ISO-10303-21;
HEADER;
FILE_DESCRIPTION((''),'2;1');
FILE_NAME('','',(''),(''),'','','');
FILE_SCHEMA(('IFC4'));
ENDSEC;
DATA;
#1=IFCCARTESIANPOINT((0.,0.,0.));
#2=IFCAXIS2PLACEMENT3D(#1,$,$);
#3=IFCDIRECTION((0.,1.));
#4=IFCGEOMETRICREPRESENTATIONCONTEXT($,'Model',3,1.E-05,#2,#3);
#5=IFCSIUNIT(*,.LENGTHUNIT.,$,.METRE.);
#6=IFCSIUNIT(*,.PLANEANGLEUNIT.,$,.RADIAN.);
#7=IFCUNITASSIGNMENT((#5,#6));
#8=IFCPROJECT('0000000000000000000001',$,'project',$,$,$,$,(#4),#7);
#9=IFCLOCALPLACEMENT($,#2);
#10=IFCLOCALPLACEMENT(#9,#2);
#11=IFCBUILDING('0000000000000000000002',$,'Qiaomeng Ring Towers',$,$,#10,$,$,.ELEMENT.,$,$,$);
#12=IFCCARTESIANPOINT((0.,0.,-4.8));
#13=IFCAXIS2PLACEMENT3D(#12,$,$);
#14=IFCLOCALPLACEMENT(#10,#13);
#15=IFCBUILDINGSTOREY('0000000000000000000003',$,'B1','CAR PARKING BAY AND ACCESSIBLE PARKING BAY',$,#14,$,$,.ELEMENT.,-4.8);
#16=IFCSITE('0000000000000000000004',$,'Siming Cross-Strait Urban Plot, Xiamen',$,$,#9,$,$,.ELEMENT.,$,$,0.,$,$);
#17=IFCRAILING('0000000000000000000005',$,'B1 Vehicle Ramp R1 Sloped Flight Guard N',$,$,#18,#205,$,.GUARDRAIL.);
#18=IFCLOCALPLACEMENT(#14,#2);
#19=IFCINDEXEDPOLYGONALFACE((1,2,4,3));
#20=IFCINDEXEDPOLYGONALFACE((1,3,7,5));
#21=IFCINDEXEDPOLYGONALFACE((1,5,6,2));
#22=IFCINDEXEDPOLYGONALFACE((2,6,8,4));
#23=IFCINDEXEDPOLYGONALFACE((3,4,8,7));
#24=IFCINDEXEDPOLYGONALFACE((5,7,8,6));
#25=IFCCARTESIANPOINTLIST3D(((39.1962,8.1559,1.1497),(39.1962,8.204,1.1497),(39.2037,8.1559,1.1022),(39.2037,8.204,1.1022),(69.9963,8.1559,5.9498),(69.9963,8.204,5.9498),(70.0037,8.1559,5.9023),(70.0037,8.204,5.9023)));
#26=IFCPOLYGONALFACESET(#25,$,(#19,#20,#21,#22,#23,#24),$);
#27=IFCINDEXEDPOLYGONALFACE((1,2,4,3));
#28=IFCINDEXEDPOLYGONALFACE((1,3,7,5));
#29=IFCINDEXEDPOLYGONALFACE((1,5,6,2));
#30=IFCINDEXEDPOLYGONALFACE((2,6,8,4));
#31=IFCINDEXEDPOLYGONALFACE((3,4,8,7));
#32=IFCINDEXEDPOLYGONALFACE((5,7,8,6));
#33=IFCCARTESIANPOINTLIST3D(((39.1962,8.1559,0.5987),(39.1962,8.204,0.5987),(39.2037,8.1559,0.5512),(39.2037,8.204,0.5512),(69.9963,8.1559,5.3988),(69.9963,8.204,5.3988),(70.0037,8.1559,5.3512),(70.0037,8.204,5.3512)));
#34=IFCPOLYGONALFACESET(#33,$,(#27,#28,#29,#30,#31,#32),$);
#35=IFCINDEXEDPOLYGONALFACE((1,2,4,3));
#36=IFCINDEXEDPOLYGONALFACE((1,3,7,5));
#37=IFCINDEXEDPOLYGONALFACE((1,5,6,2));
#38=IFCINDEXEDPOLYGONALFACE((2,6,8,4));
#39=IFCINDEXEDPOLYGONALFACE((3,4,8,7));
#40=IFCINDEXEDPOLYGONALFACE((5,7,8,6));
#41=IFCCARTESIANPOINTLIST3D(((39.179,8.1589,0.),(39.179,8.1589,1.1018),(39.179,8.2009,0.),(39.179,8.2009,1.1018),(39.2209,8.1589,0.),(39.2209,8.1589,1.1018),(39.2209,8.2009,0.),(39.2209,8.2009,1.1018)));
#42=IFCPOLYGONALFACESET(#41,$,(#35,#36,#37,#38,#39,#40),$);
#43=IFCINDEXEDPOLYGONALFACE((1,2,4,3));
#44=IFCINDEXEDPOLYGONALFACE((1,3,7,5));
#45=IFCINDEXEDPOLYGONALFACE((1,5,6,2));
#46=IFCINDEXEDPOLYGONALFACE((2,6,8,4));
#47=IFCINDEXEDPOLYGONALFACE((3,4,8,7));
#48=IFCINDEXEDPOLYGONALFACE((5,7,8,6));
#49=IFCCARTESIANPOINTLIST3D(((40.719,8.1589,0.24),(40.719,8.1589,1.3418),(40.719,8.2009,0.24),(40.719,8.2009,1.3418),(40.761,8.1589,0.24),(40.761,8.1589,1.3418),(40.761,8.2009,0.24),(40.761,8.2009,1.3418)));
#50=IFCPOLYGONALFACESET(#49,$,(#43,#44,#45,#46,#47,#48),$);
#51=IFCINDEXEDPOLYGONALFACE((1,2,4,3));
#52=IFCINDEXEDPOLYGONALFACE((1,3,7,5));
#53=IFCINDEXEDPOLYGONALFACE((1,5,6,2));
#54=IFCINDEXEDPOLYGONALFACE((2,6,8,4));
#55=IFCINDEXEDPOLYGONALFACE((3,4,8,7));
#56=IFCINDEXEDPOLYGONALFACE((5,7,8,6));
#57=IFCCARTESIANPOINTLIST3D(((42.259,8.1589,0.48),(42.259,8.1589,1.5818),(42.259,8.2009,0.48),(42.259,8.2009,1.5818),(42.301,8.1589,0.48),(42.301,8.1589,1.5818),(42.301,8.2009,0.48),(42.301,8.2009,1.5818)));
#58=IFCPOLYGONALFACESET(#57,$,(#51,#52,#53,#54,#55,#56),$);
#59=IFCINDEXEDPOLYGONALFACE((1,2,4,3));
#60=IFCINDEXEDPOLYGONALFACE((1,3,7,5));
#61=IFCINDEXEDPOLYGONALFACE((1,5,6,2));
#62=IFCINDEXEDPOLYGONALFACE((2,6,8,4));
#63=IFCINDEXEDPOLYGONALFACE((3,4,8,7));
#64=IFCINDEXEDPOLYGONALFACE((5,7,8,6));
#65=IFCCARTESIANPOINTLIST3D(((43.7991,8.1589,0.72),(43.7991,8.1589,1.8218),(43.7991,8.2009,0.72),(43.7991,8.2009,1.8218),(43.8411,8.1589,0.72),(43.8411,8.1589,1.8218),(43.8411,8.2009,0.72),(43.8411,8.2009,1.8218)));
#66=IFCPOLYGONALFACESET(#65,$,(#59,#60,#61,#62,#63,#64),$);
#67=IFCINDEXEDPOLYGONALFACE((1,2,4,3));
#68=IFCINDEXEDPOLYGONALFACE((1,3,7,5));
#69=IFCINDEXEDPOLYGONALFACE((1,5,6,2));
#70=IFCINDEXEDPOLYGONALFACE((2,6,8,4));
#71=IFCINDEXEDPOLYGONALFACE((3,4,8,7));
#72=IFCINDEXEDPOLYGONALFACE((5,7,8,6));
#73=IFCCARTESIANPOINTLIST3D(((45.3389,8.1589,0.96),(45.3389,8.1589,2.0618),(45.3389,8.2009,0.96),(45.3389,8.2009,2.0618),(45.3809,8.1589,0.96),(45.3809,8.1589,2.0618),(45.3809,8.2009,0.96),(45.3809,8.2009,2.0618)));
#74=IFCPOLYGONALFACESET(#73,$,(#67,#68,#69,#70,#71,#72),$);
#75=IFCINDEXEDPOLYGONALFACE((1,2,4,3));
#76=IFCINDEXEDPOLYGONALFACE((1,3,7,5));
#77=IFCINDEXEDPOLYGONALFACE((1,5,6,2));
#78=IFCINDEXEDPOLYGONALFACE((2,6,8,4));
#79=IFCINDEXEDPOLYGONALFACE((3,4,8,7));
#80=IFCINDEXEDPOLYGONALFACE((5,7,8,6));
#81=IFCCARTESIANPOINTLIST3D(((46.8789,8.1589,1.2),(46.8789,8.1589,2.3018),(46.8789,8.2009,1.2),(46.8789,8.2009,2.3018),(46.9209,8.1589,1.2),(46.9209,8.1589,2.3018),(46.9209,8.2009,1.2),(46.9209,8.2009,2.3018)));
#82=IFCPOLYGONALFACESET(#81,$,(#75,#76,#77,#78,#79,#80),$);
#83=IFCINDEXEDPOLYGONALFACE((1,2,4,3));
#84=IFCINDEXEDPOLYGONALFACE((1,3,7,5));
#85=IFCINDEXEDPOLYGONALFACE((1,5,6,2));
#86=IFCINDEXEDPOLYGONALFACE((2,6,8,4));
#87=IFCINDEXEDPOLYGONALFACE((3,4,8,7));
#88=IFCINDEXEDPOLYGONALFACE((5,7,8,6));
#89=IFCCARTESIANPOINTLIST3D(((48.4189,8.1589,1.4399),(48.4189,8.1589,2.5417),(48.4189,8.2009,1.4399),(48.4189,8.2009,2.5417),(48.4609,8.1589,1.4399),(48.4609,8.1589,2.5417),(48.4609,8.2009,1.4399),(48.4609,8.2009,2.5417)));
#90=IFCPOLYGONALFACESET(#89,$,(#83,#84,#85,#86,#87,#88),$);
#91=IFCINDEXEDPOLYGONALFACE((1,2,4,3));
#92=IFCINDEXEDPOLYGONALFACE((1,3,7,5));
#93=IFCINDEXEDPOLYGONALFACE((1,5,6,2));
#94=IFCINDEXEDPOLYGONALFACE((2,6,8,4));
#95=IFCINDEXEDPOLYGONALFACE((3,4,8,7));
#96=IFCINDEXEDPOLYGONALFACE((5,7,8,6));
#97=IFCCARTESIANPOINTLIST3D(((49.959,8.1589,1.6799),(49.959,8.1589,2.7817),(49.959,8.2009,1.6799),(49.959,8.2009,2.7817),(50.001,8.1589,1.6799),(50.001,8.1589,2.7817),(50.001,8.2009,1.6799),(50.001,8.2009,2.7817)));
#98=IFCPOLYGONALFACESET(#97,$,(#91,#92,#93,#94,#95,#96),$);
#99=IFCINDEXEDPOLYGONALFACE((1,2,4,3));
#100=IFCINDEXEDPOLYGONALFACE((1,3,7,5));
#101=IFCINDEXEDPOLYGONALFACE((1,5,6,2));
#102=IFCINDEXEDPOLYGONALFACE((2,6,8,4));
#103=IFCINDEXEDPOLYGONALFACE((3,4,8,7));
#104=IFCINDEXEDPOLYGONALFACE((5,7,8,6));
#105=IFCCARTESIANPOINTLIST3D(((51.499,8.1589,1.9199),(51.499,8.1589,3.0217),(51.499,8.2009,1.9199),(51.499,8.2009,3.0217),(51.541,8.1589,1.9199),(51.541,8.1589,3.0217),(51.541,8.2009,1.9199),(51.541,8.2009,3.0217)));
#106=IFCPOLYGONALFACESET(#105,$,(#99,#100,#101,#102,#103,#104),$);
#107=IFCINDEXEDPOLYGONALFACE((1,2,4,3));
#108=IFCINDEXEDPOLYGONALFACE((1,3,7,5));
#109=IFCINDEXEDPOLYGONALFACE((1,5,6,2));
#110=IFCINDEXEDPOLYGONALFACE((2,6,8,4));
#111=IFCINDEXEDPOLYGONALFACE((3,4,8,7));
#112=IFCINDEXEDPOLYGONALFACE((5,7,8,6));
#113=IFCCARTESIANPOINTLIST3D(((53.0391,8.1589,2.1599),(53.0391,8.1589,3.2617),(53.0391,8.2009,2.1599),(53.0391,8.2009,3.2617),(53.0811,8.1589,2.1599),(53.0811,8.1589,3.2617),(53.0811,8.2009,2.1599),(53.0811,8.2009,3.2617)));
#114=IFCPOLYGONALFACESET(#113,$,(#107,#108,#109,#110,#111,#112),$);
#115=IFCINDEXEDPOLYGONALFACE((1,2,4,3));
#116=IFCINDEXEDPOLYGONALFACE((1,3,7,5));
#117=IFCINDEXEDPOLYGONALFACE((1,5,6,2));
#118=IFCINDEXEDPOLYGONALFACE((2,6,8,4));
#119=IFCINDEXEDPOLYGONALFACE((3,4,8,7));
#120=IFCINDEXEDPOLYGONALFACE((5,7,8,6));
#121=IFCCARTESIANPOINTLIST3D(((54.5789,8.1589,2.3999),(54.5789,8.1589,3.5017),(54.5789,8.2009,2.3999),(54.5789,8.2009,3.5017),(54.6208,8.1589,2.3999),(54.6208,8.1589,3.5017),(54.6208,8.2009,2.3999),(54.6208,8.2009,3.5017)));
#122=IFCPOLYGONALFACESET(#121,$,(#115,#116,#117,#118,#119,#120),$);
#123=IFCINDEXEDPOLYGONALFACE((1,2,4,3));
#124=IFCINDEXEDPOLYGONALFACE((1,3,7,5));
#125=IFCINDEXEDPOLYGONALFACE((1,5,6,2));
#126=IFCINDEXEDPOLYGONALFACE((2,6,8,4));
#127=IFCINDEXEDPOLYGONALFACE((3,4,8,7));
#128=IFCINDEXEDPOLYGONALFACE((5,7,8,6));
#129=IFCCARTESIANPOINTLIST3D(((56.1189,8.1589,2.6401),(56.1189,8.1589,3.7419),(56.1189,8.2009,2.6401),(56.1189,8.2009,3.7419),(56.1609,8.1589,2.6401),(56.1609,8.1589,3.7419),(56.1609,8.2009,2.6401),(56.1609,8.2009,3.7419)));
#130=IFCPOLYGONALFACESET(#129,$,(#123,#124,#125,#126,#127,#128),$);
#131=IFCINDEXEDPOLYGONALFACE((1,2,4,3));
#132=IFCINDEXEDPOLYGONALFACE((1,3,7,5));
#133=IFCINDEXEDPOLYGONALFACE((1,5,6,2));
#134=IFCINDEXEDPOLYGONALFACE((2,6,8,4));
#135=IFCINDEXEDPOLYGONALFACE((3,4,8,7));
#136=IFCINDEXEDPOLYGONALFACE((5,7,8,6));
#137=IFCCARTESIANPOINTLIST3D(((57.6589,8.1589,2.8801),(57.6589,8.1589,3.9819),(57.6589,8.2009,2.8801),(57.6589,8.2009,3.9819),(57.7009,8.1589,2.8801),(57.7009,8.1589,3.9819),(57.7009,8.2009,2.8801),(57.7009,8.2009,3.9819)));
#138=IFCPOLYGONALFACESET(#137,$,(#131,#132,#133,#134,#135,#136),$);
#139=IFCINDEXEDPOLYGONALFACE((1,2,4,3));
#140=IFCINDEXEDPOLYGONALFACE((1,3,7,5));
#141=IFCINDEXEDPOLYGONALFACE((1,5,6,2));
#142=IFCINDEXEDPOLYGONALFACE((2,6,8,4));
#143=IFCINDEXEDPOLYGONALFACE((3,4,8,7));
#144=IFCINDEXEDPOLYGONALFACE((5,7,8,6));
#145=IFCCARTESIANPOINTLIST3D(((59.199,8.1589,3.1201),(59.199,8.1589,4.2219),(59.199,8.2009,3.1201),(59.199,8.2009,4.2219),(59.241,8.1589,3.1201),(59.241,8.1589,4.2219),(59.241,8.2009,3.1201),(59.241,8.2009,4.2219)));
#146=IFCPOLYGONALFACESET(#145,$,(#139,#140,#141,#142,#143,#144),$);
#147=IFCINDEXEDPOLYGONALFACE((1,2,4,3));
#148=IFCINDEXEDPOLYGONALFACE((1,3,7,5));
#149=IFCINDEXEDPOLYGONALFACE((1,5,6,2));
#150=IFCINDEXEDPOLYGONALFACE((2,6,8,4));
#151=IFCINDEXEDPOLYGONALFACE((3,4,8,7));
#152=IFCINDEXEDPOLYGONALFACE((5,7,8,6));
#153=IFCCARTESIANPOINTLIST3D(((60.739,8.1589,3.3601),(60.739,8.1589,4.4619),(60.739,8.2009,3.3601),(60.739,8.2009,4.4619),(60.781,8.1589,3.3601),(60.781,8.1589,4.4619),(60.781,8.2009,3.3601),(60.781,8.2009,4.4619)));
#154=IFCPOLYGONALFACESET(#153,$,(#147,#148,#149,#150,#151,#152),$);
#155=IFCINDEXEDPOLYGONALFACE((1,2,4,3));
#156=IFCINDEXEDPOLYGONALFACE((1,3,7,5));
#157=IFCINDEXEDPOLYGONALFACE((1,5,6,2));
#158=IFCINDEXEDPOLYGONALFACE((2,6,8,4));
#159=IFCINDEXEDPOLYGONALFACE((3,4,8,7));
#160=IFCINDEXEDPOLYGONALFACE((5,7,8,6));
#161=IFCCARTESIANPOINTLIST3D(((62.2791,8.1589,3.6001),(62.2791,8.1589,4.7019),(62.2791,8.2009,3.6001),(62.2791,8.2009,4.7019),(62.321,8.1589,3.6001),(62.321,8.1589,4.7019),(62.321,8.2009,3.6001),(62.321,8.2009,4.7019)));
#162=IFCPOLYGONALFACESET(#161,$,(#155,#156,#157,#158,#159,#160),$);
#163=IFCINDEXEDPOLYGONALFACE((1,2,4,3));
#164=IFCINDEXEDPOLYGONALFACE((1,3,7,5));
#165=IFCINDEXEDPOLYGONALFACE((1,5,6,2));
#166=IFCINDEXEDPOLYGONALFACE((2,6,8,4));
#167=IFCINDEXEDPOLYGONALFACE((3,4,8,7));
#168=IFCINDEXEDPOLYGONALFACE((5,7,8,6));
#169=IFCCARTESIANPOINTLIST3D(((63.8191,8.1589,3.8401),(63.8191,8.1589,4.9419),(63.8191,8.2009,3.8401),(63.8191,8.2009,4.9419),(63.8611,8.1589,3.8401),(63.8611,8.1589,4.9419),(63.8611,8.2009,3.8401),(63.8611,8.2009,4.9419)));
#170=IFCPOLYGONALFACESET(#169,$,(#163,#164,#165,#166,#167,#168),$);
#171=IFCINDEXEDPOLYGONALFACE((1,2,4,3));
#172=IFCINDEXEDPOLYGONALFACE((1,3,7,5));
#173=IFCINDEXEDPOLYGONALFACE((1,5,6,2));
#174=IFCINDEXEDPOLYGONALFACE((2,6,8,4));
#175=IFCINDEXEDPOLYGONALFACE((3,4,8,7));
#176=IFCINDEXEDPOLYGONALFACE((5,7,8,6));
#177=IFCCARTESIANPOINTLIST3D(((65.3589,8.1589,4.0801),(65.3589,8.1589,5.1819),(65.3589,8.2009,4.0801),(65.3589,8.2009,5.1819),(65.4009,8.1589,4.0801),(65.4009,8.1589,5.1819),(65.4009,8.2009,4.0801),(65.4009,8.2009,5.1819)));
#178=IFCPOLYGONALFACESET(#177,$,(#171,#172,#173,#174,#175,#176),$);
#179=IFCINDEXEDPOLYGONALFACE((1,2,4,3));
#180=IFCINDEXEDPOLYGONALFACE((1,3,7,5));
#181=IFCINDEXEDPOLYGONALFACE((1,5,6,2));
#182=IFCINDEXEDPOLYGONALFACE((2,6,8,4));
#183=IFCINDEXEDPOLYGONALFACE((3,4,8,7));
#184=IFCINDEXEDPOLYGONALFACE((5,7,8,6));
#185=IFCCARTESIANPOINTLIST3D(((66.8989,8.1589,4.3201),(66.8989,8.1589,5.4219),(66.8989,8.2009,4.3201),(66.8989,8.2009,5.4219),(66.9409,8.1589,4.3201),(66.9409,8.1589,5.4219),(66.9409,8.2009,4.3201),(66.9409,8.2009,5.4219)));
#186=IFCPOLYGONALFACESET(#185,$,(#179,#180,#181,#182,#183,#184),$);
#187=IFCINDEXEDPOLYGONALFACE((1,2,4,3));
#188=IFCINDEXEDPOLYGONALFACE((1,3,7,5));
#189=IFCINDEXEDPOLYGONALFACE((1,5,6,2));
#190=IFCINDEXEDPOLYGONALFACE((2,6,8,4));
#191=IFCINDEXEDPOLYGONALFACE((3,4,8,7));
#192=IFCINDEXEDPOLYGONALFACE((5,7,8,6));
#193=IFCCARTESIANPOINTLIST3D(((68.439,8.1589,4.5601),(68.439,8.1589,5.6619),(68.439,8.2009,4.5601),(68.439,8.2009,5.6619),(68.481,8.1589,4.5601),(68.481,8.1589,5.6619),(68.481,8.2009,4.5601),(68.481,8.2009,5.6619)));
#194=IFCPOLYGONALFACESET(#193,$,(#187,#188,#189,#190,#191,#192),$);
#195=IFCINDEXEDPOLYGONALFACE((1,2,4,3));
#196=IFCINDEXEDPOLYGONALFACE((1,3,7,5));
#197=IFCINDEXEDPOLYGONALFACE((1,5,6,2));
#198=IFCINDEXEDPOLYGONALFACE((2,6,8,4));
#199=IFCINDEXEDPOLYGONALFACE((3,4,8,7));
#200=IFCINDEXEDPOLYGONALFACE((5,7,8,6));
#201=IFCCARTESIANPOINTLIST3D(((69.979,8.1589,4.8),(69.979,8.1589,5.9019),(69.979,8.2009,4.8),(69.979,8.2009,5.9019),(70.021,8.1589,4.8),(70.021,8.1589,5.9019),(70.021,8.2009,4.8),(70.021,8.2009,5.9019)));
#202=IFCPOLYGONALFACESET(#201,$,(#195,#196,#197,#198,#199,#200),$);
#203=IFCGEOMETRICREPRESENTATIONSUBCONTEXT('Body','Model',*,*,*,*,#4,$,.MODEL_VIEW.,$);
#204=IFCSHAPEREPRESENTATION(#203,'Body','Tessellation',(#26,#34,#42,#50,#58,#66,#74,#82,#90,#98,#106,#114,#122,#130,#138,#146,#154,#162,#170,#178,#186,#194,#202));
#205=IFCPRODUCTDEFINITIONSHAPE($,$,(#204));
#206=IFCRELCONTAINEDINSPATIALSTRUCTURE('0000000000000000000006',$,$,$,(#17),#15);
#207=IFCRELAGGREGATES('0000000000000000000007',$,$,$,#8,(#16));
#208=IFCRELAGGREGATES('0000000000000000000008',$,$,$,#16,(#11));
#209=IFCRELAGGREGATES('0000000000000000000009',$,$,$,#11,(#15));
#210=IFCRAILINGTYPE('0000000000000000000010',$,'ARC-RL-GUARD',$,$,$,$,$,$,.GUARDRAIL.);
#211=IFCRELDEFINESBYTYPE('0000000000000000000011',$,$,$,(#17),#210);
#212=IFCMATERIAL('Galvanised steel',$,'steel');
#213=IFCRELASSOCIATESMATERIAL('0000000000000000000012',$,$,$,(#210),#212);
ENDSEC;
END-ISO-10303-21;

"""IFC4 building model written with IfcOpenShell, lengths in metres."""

from ifc_helpers import new_model, si_unit, direction, frame, origin, origin_2d, place, context, subcontext, project, spatial, rectangle, extrude, material, type_object, element, save


model = new_model("IFC4")

# Units and contexts
model_context = context("Model", 3, precision=1e-05, world=origin(), true_north=direction((0.0, 1.0)))
body_context = subcontext(model_context, "Body", "Model", "MODEL_VIEW")
ifc_project = project(units=[si_unit("LENGTHUNIT", "METRE"), si_unit("PLANEANGLEUNIT", "RADIAN")], contexts=[model_context])

# Site, building, storey
site_placement = place(None, origin())
site = spatial("IfcSite", under=ifc_project, at=site_placement, Name="Siming Cross-Strait Urban Plot, Xiamen", CompositionType="ELEMENT", RefElevation=0.0)
building_placement = place(site_placement, origin())
building = spatial("IfcBuilding", under=site, at=building_placement, Name="Qiaomeng Ring Towers", CompositionType="ELEMENT")
storey_placement = place(building_placement, frame((0.0, 0.0, -4.8)))
storey = spatial("IfcBuildingStorey", under=building, at=storey_placement, Name="B1", Description="CAR PARKING BAY AND ACCESSIBLE PARKING BAY", CompositionType="ELEMENT", Elevation=-4.8)

# Railing
ifc_material_1 = material(Name="Galvanised steel", Category="steel")
railing_type = type_object("IfcRailingType", Name="ARC-RL-GUARD", PredefinedType="GUARDRAIL", material=ifc_material_1)
railing_1_placement = place(storey_placement, frame((39.2, 8.1799, 0.0)))
element("IfcRailing", 1, at=railing_1_placement, inside=storey, type_object=railing_type, Name="B1 Vehicle Ramp R1 Sloped Flight Guard N", PredefinedType="GUARDRAIL", context=body_context, shape_type="SweptSolid", body=[
    extrude(rectangle(XDim=0.0481, YDim=0.0481, at=origin_2d()), frame((0.0, 0.0, 1.126), z_axis=(0.988073, 0.0, 0.153987), x_axis=(0.0, 1.0, 0.0)), (0.0, 0.0, 1.0), 31.1719),
    extrude(rectangle(XDim=0.0481, YDim=0.0481, at=origin_2d()), frame((0.0, 0.0, 0.575), z_axis=(0.988073, 0.0, 0.153987), x_axis=(0.0, 1.0, 0.0)), (0.0, 0.0, 1.0), 31.1719),
    extrude(rectangle(XDim=0.042, YDim=0.042, at=origin_2d()), origin(), (0.0, 0.0, 1.0), 1.1018),
    extrude(rectangle(XDim=0.042, YDim=0.042, at=origin_2d()), frame((1.54, 0.0, 0.24)), (0.0, 0.0, 1.0), 1.1018),
    extrude(rectangle(XDim=0.042, YDim=0.042, at=origin_2d()), frame((3.0801, 0.0, 0.48)), (0.0, 0.0, 1.0), 1.1018),
    extrude(rectangle(XDim=0.042, YDim=0.042, at=origin_2d()), frame((4.6201, 0.0, 0.72)), (0.0, 0.0, 1.0), 1.1018),
    extrude(rectangle(XDim=0.042, YDim=0.042, at=origin_2d()), frame((6.1599, 0.0, 0.96)), (0.0, 0.0, 1.0), 1.1018),
    extrude(rectangle(XDim=0.042, YDim=0.042, at=origin_2d()), frame((7.7, 0.0, 1.2)), (0.0, 0.0, 1.0), 1.1018),
    extrude(rectangle(XDim=0.042, YDim=0.042, at=origin_2d()), frame((9.24, 0.0, 1.4399)), (0.0, 0.0, 1.0), 1.1018),
    extrude(rectangle(XDim=0.042, YDim=0.042, at=origin_2d()), frame((10.78, 0.0, 1.6799)), (0.0, 0.0, 1.0), 1.1018),
    extrude(rectangle(XDim=0.042, YDim=0.042, at=origin_2d()), frame((12.3201, 0.0, 1.9199)), (0.0, 0.0, 1.0), 1.1018),
    extrude(rectangle(XDim=0.042, YDim=0.042, at=origin_2d()), frame((13.8601, 0.0, 2.1599)), (0.0, 0.0, 1.0), 1.1018),
    extrude(rectangle(XDim=0.042, YDim=0.042, at=origin_2d()), frame((15.3999, 0.0, 2.3999)), (0.0, 0.0, 1.0), 1.1018),
    extrude(rectangle(XDim=0.042, YDim=0.042, at=origin_2d()), frame((16.9399, 0.0, 2.6401)), (0.0, 0.0, 1.0), 1.1018),
    extrude(rectangle(XDim=0.042, YDim=0.042, at=origin_2d()), frame((18.48, 0.0, 2.8801)), (0.0, 0.0, 1.0), 1.1018),
    extrude(rectangle(XDim=0.042, YDim=0.042, at=origin_2d()), frame((20.02, 0.0, 3.1201)), (0.0, 0.0, 1.0), 1.1018),
    extrude(rectangle(XDim=0.042, YDim=0.042, at=origin_2d()), frame((21.5601, 0.0, 3.3601)), (0.0, 0.0, 1.0), 1.1018),
    extrude(rectangle(XDim=0.042, YDim=0.042, at=origin_2d()), frame((23.1001, 0.0, 3.6001)), (0.0, 0.0, 1.0), 1.1018),
    extrude(rectangle(XDim=0.042, YDim=0.042, at=origin_2d()), frame((24.6401, 0.0, 3.8401)), (0.0, 0.0, 1.0), 1.1018),
    extrude(rectangle(XDim=0.042, YDim=0.042, at=origin_2d()), frame((26.1799, 0.0, 4.0801)), (0.0, 0.0, 1.0), 1.1018),
    extrude(rectangle(XDim=0.042, YDim=0.042, at=origin_2d()), frame((27.72, 0.0, 4.3201)), (0.0, 0.0, 1.0), 1.1018),
    extrude(rectangle(XDim=0.042, YDim=0.042, at=origin_2d()), frame((29.26, 0.0, 4.5601)), (0.0, 0.0, 1.0), 1.1018),
    extrude(rectangle(XDim=0.042, YDim=0.042, at=origin_2d()), frame((30.8, 0.0, 4.8)), (0.0, 0.0, 1.0), 1.1018),
])

save(model, "model.ifc")
